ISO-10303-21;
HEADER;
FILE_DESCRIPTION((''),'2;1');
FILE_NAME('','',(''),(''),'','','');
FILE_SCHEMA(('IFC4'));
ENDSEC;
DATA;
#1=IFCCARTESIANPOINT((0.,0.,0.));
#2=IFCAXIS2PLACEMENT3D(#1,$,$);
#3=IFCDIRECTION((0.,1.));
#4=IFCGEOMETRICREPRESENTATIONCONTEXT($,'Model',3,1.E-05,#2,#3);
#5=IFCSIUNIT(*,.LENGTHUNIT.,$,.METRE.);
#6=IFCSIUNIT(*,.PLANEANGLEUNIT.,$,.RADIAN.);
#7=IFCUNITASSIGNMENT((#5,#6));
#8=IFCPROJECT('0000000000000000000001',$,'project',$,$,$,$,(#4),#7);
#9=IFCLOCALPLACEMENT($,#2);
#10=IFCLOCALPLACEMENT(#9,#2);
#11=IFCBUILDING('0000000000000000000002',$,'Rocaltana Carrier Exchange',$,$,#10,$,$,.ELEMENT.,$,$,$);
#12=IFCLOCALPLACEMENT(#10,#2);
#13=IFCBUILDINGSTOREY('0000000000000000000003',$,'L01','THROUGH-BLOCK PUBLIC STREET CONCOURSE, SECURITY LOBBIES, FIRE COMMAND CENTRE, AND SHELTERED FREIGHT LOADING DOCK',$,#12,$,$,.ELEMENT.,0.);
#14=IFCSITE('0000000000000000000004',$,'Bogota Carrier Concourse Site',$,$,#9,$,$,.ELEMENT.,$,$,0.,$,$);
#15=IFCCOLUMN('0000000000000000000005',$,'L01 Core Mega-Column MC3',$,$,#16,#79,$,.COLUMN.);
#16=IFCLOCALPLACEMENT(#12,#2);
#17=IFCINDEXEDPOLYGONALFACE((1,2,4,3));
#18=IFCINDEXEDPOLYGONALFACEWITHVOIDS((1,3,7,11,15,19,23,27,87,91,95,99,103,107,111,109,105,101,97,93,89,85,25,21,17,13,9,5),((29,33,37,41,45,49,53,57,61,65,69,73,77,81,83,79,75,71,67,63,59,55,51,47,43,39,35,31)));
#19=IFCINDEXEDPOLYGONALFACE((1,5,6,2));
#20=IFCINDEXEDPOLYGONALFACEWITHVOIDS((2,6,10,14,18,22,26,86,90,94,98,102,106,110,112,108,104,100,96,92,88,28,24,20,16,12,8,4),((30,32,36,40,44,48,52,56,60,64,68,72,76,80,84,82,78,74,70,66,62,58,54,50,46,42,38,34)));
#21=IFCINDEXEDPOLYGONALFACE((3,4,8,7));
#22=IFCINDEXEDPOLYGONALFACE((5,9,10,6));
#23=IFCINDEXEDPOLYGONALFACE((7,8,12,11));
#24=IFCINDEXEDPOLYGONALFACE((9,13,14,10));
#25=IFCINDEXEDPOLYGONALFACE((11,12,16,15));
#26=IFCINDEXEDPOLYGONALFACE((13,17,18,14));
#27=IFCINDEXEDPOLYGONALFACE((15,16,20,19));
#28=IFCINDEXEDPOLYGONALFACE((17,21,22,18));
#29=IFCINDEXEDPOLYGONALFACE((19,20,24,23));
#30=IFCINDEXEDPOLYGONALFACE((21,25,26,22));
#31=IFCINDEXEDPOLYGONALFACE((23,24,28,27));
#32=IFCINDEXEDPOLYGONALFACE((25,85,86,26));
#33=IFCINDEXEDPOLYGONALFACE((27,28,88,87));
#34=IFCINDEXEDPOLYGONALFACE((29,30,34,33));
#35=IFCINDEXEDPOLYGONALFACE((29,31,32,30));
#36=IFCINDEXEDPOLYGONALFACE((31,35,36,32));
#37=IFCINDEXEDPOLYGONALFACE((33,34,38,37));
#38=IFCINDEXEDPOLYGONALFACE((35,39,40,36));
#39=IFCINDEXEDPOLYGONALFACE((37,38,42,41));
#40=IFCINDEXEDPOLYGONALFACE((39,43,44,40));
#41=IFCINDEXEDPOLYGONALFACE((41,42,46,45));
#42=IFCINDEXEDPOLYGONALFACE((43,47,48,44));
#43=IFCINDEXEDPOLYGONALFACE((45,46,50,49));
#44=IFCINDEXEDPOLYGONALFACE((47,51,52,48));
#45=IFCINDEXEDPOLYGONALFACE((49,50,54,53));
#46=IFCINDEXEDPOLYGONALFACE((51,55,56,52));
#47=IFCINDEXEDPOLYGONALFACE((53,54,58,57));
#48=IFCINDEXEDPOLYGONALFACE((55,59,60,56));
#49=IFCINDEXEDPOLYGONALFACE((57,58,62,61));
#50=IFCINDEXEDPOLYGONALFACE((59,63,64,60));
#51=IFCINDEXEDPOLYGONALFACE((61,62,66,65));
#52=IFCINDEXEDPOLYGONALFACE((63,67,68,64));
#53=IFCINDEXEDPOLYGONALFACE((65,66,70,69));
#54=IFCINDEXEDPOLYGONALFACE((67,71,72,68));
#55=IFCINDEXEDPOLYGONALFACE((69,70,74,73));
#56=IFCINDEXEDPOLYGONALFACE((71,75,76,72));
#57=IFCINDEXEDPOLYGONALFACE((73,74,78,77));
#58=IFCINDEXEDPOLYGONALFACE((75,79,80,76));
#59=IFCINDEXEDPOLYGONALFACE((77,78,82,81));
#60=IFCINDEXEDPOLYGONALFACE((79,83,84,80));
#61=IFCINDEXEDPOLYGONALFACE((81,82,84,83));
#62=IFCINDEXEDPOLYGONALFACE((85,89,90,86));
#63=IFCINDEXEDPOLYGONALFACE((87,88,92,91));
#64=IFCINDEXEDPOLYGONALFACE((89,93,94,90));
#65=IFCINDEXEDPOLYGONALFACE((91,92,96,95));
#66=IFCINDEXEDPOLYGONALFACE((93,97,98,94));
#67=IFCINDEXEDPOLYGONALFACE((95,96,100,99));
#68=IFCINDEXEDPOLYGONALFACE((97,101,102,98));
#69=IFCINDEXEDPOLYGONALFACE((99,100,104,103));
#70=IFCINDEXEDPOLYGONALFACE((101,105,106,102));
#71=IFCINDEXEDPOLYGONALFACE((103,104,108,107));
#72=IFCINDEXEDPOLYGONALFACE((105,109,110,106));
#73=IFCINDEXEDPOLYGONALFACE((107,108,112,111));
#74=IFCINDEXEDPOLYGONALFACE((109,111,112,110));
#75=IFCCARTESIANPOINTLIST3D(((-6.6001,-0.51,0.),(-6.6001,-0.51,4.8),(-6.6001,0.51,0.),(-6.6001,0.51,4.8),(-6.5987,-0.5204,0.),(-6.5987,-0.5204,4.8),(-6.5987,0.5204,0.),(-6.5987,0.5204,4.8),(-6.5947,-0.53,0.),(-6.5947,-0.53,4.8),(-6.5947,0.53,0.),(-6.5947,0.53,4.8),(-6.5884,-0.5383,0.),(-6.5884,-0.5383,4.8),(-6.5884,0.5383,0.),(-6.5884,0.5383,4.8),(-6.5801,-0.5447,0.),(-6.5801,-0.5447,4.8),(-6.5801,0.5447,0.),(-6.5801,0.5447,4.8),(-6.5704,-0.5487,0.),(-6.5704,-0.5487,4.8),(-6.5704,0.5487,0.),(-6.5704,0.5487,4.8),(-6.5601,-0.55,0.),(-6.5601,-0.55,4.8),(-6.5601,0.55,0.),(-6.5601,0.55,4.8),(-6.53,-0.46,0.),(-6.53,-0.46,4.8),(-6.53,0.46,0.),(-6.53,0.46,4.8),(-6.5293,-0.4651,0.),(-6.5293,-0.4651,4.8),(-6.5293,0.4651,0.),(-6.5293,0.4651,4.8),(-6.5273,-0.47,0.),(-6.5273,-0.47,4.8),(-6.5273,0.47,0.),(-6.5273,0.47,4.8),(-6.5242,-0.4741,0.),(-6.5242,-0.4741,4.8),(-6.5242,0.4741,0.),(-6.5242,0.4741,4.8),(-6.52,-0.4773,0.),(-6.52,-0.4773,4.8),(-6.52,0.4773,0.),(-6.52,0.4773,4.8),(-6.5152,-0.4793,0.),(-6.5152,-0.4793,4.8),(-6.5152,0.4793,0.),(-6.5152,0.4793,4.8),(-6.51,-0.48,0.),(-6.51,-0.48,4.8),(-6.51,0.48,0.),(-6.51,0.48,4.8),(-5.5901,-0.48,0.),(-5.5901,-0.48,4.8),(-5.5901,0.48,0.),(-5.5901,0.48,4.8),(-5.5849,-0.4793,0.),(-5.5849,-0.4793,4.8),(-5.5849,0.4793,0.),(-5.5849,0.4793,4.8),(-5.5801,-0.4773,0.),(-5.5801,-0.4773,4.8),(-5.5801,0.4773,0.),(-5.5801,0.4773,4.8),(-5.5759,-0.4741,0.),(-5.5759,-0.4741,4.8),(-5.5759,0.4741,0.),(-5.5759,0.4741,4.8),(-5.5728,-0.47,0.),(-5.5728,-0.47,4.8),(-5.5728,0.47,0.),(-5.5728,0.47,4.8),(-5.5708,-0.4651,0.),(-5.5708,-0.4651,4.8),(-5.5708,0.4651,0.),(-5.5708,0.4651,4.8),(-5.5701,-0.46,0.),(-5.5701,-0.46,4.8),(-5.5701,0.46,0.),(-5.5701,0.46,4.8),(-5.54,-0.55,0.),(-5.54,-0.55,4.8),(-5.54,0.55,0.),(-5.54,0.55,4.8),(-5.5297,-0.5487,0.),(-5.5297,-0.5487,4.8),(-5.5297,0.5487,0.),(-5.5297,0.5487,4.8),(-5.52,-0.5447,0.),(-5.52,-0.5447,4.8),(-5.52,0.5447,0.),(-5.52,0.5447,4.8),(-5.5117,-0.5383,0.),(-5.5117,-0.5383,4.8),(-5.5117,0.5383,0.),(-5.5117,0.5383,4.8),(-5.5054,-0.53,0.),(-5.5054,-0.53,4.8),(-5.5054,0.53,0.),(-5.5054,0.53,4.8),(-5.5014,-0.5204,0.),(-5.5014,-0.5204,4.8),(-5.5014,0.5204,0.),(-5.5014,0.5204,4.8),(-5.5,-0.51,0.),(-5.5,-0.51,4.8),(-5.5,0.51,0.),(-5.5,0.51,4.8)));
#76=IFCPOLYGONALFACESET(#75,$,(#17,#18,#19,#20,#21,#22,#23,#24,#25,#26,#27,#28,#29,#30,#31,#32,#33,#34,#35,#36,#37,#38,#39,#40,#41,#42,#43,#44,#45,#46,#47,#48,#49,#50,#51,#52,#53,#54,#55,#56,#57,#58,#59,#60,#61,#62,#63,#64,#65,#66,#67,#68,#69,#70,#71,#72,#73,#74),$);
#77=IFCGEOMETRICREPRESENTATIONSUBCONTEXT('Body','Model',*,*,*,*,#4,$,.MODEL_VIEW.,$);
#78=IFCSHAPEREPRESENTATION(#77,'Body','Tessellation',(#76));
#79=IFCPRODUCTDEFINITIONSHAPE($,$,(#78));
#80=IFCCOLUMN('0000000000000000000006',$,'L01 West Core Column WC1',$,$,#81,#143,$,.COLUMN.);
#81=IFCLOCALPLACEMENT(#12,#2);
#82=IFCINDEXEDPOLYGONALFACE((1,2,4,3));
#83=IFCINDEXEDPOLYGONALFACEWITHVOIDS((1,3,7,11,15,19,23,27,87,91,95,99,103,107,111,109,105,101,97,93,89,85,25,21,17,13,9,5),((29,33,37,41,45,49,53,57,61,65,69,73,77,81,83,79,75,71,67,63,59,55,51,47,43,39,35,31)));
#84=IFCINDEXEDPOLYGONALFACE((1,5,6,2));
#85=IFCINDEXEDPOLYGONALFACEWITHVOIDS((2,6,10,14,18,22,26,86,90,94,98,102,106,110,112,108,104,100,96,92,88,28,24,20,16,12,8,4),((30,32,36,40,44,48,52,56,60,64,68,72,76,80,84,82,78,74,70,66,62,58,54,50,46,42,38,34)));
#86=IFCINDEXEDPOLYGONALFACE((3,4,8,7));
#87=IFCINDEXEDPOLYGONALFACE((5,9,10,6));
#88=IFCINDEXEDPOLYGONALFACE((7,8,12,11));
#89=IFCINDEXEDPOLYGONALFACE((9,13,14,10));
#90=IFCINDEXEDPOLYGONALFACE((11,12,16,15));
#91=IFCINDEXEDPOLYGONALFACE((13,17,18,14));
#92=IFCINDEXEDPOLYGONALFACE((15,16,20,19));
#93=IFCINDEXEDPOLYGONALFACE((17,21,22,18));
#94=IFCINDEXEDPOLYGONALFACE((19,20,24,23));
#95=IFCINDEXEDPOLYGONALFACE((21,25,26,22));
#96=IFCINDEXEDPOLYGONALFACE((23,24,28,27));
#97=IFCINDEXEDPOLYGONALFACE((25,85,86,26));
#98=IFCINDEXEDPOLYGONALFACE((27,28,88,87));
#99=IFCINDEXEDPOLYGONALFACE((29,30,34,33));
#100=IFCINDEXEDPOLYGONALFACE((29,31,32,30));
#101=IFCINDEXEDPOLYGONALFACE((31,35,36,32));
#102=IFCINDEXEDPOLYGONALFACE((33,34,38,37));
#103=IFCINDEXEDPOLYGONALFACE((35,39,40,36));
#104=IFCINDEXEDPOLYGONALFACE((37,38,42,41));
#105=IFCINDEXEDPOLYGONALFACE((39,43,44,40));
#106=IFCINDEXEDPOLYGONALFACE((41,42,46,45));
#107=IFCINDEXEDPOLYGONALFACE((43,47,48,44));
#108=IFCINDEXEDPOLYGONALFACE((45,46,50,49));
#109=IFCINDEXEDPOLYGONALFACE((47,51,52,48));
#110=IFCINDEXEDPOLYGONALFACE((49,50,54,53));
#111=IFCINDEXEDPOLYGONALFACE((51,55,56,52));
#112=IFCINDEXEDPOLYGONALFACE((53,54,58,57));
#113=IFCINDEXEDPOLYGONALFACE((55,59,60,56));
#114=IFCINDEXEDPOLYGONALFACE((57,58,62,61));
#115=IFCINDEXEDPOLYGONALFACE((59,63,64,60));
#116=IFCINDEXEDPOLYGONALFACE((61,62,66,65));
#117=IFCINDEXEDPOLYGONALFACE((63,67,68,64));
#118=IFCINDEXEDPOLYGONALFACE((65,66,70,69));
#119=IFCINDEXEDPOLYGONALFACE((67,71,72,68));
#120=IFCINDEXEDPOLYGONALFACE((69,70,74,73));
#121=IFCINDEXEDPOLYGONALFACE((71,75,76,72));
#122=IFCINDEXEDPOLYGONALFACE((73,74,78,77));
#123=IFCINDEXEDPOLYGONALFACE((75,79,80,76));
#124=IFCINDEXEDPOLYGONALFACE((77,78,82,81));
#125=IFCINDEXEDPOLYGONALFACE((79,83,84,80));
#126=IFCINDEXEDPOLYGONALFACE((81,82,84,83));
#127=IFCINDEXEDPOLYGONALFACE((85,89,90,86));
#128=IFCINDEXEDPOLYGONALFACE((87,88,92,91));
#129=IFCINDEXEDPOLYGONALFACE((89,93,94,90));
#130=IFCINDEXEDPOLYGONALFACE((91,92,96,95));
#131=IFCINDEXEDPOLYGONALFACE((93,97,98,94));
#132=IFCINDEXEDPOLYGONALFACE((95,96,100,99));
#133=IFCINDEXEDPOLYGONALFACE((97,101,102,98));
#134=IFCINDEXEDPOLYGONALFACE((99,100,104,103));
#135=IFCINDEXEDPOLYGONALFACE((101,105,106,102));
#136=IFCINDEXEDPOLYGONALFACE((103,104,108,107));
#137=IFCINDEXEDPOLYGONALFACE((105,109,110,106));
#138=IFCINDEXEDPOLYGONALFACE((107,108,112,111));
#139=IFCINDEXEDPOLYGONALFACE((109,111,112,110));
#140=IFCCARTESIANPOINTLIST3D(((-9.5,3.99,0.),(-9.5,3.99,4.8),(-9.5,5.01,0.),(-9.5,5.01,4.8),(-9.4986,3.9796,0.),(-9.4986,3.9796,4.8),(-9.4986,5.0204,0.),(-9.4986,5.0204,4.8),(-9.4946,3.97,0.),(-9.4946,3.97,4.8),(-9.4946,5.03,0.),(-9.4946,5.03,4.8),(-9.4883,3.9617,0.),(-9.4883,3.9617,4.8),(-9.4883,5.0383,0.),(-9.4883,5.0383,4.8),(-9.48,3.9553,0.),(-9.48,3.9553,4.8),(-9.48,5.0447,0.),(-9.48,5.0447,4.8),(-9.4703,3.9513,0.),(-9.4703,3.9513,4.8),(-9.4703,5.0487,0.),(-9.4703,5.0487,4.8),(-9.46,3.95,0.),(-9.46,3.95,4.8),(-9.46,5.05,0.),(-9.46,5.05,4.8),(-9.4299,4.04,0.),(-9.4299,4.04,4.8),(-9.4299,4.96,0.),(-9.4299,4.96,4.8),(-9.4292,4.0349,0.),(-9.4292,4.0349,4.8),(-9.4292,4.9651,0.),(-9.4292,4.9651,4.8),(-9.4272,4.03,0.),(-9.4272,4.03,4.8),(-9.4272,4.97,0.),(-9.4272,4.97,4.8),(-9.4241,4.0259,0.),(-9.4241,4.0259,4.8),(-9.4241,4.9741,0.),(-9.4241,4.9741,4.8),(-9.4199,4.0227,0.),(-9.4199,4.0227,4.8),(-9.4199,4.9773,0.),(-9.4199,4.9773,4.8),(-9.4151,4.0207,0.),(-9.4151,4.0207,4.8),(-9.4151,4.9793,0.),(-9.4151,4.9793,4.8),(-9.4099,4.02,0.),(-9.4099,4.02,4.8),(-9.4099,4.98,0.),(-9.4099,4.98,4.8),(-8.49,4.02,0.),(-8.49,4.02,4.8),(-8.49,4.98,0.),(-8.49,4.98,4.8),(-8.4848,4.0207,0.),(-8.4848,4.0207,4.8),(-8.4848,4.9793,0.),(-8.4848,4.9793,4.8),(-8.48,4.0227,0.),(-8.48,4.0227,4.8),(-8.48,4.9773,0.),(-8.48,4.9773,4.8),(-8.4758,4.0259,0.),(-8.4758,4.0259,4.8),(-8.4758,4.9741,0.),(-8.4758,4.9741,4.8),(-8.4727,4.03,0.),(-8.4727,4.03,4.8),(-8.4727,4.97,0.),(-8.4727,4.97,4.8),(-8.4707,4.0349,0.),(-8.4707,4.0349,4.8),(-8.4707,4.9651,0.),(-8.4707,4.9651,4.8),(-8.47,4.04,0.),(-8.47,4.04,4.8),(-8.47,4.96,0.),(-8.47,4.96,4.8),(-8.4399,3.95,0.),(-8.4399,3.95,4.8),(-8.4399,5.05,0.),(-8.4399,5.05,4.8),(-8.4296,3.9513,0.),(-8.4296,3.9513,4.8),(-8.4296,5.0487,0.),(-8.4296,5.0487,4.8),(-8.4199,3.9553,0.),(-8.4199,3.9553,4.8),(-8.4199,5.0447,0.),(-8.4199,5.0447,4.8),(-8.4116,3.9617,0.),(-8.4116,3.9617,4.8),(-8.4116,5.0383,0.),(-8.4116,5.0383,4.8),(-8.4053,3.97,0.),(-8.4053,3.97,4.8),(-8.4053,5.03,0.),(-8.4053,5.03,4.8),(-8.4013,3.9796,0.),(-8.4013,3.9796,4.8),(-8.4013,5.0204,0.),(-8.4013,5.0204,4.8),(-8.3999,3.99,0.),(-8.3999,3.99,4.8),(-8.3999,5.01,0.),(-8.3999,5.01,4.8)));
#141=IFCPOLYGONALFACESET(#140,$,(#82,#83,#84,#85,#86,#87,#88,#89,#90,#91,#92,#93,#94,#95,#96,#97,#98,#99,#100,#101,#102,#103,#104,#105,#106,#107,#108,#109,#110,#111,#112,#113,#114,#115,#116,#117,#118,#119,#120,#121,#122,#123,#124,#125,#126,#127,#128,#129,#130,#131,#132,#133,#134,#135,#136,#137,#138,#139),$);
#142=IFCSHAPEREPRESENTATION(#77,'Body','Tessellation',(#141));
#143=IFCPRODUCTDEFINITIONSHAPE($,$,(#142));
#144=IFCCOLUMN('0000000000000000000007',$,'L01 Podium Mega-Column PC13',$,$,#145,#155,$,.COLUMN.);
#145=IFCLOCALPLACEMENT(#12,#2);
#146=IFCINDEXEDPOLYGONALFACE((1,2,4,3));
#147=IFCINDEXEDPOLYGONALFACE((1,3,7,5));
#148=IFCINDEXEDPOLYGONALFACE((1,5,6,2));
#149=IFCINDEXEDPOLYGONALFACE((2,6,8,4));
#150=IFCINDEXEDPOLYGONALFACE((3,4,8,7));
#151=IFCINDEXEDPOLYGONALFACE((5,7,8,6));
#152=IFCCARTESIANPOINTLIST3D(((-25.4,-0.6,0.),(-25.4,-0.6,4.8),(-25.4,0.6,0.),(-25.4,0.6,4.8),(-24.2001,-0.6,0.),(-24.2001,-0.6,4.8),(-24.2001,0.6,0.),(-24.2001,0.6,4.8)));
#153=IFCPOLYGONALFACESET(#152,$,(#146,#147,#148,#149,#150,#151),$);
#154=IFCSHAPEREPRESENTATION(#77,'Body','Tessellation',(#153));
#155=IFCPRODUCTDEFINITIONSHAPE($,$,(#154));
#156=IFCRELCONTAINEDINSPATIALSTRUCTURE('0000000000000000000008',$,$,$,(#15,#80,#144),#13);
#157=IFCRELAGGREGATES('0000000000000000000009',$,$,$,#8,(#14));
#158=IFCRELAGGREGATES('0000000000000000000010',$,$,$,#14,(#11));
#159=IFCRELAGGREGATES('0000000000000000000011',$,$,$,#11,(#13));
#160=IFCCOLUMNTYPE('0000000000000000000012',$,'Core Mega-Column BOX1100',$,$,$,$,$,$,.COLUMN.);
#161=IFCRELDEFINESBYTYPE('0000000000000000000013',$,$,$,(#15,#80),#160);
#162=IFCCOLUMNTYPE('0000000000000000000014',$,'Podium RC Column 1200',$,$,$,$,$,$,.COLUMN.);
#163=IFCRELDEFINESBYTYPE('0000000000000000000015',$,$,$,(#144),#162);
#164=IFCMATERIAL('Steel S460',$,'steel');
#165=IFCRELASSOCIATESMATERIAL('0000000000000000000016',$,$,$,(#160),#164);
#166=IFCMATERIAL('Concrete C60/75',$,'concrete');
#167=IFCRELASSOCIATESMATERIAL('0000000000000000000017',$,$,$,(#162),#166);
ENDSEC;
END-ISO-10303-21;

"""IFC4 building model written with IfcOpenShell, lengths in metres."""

from ifc_helpers import new_model, si_unit, direction, frame, origin, origin_2d, place, context, subcontext, project, spatial, rectangle, hollow_rectangle, extrude, material, material_profile, profile_set, type_object, element, save


model = new_model("IFC4")

# Units and contexts
model_context = context("Model", 3, precision=1e-05, world=origin(), true_north=direction((0.0, 1.0)))
body_context = subcontext(model_context, "Body", "Model", "MODEL_VIEW")
ifc_project = project(units=[si_unit("LENGTHUNIT", "METRE"), si_unit("PLANEANGLEUNIT", "RADIAN")], contexts=[model_context])

# Site, building, storey
site_placement = place(None, origin())
site = spatial("IfcSite", under=ifc_project, at=site_placement, Name="Bogota Carrier Concourse Site", CompositionType="ELEMENT", RefElevation=0.0)
building_placement = place(site_placement, origin())
building = spatial("IfcBuilding", under=site, at=building_placement, Name="Rocaltana Carrier Exchange", CompositionType="ELEMENT")
storey_placement = place(building_placement, origin())
storey = spatial("IfcBuildingStorey", under=building, at=storey_placement, Name="L01", Description="THROUGH-BLOCK PUBLIC STREET CONCOURSE, SECURITY LOBBIES, FIRE COMMAND CENTRE, AND SHELTERED FREIGHT LOADING DOCK", CompositionType="ELEMENT", Elevation=0.0)

# Columns
ifc_material_1 = material(Name="Steel S460", Category="steel")
ifc_material_profile_1 = material_profile(ifc_material_1, hollow_rectangle(XDim=1.1001, YDim=1.1001, WallThickness=0.0701, InnerFilletRadius=0.02, OuterFilletRadius=0.04, at=origin_2d()), Name="BOX1100X1100X70")
ifc_profile_set_1 = profile_set([ifc_material_profile_1], Name="Steel S460")
column_type_1 = type_object("IfcColumnType", Name="Core Mega-Column BOX1100", PredefinedType="COLUMN", material=ifc_profile_set_1)
for number, where, z_axis, x_axis, name in (
    (1, (-6.05, 0.0, 0.0), (0.0, 0.0, 1.0), (1.0, 0.0, 0.0), "L01 Core Mega-Column MC3"),
    (2, (-8.95, 4.5, 0.0), (0.0, 0.0, 1.0), (1.0, 0.0, 0.0), "L01 West Core Column WC1"),
):
    element("IfcColumn", number, at=place(storey_placement, frame(where, z_axis=z_axis, x_axis=x_axis)), inside=storey, type_object=column_type_1, Name=name, PredefinedType="COLUMN", context=body_context, shape_type="SweptSolid", body=[
        extrude(hollow_rectangle(XDim=1.1001, YDim=1.1001, WallThickness=0.0701, InnerFilletRadius=0.02, OuterFilletRadius=0.04, at=origin_2d()), origin(), (0.0, 0.0, 1.0), 4.8),
    ])
ifc_material_2 = material(Name="Concrete C60/75", Category="concrete")
ifc_material_profile_2 = material_profile(ifc_material_2, rectangle(XDim=1.2, YDim=1.2, at=origin_2d()), Name="RC-COL-1200X1200")
ifc_profile_set_2 = profile_set([ifc_material_profile_2], Name="Concrete C60/75")
column_type_2 = type_object("IfcColumnType", Name="Podium RC Column 1200", PredefinedType="COLUMN", material=ifc_profile_set_2)
column_placement = place(storey_placement, frame((-24.8, 0.0, 0.0), z_axis=(0.0, 0.0, 1.0), x_axis=(1.0, 0.0, 0.0)))
element("IfcColumn", 3, at=column_placement, inside=storey, type_object=column_type_2, Name="L01 Podium Mega-Column PC13", PredefinedType="COLUMN", context=body_context, shape_type="SweptSolid", body=[
    extrude(rectangle(XDim=1.2, YDim=1.2, at=origin_2d()), origin(), (0.0, 0.0, 1.0), 4.8),
])

save(model, "model.ifc")
